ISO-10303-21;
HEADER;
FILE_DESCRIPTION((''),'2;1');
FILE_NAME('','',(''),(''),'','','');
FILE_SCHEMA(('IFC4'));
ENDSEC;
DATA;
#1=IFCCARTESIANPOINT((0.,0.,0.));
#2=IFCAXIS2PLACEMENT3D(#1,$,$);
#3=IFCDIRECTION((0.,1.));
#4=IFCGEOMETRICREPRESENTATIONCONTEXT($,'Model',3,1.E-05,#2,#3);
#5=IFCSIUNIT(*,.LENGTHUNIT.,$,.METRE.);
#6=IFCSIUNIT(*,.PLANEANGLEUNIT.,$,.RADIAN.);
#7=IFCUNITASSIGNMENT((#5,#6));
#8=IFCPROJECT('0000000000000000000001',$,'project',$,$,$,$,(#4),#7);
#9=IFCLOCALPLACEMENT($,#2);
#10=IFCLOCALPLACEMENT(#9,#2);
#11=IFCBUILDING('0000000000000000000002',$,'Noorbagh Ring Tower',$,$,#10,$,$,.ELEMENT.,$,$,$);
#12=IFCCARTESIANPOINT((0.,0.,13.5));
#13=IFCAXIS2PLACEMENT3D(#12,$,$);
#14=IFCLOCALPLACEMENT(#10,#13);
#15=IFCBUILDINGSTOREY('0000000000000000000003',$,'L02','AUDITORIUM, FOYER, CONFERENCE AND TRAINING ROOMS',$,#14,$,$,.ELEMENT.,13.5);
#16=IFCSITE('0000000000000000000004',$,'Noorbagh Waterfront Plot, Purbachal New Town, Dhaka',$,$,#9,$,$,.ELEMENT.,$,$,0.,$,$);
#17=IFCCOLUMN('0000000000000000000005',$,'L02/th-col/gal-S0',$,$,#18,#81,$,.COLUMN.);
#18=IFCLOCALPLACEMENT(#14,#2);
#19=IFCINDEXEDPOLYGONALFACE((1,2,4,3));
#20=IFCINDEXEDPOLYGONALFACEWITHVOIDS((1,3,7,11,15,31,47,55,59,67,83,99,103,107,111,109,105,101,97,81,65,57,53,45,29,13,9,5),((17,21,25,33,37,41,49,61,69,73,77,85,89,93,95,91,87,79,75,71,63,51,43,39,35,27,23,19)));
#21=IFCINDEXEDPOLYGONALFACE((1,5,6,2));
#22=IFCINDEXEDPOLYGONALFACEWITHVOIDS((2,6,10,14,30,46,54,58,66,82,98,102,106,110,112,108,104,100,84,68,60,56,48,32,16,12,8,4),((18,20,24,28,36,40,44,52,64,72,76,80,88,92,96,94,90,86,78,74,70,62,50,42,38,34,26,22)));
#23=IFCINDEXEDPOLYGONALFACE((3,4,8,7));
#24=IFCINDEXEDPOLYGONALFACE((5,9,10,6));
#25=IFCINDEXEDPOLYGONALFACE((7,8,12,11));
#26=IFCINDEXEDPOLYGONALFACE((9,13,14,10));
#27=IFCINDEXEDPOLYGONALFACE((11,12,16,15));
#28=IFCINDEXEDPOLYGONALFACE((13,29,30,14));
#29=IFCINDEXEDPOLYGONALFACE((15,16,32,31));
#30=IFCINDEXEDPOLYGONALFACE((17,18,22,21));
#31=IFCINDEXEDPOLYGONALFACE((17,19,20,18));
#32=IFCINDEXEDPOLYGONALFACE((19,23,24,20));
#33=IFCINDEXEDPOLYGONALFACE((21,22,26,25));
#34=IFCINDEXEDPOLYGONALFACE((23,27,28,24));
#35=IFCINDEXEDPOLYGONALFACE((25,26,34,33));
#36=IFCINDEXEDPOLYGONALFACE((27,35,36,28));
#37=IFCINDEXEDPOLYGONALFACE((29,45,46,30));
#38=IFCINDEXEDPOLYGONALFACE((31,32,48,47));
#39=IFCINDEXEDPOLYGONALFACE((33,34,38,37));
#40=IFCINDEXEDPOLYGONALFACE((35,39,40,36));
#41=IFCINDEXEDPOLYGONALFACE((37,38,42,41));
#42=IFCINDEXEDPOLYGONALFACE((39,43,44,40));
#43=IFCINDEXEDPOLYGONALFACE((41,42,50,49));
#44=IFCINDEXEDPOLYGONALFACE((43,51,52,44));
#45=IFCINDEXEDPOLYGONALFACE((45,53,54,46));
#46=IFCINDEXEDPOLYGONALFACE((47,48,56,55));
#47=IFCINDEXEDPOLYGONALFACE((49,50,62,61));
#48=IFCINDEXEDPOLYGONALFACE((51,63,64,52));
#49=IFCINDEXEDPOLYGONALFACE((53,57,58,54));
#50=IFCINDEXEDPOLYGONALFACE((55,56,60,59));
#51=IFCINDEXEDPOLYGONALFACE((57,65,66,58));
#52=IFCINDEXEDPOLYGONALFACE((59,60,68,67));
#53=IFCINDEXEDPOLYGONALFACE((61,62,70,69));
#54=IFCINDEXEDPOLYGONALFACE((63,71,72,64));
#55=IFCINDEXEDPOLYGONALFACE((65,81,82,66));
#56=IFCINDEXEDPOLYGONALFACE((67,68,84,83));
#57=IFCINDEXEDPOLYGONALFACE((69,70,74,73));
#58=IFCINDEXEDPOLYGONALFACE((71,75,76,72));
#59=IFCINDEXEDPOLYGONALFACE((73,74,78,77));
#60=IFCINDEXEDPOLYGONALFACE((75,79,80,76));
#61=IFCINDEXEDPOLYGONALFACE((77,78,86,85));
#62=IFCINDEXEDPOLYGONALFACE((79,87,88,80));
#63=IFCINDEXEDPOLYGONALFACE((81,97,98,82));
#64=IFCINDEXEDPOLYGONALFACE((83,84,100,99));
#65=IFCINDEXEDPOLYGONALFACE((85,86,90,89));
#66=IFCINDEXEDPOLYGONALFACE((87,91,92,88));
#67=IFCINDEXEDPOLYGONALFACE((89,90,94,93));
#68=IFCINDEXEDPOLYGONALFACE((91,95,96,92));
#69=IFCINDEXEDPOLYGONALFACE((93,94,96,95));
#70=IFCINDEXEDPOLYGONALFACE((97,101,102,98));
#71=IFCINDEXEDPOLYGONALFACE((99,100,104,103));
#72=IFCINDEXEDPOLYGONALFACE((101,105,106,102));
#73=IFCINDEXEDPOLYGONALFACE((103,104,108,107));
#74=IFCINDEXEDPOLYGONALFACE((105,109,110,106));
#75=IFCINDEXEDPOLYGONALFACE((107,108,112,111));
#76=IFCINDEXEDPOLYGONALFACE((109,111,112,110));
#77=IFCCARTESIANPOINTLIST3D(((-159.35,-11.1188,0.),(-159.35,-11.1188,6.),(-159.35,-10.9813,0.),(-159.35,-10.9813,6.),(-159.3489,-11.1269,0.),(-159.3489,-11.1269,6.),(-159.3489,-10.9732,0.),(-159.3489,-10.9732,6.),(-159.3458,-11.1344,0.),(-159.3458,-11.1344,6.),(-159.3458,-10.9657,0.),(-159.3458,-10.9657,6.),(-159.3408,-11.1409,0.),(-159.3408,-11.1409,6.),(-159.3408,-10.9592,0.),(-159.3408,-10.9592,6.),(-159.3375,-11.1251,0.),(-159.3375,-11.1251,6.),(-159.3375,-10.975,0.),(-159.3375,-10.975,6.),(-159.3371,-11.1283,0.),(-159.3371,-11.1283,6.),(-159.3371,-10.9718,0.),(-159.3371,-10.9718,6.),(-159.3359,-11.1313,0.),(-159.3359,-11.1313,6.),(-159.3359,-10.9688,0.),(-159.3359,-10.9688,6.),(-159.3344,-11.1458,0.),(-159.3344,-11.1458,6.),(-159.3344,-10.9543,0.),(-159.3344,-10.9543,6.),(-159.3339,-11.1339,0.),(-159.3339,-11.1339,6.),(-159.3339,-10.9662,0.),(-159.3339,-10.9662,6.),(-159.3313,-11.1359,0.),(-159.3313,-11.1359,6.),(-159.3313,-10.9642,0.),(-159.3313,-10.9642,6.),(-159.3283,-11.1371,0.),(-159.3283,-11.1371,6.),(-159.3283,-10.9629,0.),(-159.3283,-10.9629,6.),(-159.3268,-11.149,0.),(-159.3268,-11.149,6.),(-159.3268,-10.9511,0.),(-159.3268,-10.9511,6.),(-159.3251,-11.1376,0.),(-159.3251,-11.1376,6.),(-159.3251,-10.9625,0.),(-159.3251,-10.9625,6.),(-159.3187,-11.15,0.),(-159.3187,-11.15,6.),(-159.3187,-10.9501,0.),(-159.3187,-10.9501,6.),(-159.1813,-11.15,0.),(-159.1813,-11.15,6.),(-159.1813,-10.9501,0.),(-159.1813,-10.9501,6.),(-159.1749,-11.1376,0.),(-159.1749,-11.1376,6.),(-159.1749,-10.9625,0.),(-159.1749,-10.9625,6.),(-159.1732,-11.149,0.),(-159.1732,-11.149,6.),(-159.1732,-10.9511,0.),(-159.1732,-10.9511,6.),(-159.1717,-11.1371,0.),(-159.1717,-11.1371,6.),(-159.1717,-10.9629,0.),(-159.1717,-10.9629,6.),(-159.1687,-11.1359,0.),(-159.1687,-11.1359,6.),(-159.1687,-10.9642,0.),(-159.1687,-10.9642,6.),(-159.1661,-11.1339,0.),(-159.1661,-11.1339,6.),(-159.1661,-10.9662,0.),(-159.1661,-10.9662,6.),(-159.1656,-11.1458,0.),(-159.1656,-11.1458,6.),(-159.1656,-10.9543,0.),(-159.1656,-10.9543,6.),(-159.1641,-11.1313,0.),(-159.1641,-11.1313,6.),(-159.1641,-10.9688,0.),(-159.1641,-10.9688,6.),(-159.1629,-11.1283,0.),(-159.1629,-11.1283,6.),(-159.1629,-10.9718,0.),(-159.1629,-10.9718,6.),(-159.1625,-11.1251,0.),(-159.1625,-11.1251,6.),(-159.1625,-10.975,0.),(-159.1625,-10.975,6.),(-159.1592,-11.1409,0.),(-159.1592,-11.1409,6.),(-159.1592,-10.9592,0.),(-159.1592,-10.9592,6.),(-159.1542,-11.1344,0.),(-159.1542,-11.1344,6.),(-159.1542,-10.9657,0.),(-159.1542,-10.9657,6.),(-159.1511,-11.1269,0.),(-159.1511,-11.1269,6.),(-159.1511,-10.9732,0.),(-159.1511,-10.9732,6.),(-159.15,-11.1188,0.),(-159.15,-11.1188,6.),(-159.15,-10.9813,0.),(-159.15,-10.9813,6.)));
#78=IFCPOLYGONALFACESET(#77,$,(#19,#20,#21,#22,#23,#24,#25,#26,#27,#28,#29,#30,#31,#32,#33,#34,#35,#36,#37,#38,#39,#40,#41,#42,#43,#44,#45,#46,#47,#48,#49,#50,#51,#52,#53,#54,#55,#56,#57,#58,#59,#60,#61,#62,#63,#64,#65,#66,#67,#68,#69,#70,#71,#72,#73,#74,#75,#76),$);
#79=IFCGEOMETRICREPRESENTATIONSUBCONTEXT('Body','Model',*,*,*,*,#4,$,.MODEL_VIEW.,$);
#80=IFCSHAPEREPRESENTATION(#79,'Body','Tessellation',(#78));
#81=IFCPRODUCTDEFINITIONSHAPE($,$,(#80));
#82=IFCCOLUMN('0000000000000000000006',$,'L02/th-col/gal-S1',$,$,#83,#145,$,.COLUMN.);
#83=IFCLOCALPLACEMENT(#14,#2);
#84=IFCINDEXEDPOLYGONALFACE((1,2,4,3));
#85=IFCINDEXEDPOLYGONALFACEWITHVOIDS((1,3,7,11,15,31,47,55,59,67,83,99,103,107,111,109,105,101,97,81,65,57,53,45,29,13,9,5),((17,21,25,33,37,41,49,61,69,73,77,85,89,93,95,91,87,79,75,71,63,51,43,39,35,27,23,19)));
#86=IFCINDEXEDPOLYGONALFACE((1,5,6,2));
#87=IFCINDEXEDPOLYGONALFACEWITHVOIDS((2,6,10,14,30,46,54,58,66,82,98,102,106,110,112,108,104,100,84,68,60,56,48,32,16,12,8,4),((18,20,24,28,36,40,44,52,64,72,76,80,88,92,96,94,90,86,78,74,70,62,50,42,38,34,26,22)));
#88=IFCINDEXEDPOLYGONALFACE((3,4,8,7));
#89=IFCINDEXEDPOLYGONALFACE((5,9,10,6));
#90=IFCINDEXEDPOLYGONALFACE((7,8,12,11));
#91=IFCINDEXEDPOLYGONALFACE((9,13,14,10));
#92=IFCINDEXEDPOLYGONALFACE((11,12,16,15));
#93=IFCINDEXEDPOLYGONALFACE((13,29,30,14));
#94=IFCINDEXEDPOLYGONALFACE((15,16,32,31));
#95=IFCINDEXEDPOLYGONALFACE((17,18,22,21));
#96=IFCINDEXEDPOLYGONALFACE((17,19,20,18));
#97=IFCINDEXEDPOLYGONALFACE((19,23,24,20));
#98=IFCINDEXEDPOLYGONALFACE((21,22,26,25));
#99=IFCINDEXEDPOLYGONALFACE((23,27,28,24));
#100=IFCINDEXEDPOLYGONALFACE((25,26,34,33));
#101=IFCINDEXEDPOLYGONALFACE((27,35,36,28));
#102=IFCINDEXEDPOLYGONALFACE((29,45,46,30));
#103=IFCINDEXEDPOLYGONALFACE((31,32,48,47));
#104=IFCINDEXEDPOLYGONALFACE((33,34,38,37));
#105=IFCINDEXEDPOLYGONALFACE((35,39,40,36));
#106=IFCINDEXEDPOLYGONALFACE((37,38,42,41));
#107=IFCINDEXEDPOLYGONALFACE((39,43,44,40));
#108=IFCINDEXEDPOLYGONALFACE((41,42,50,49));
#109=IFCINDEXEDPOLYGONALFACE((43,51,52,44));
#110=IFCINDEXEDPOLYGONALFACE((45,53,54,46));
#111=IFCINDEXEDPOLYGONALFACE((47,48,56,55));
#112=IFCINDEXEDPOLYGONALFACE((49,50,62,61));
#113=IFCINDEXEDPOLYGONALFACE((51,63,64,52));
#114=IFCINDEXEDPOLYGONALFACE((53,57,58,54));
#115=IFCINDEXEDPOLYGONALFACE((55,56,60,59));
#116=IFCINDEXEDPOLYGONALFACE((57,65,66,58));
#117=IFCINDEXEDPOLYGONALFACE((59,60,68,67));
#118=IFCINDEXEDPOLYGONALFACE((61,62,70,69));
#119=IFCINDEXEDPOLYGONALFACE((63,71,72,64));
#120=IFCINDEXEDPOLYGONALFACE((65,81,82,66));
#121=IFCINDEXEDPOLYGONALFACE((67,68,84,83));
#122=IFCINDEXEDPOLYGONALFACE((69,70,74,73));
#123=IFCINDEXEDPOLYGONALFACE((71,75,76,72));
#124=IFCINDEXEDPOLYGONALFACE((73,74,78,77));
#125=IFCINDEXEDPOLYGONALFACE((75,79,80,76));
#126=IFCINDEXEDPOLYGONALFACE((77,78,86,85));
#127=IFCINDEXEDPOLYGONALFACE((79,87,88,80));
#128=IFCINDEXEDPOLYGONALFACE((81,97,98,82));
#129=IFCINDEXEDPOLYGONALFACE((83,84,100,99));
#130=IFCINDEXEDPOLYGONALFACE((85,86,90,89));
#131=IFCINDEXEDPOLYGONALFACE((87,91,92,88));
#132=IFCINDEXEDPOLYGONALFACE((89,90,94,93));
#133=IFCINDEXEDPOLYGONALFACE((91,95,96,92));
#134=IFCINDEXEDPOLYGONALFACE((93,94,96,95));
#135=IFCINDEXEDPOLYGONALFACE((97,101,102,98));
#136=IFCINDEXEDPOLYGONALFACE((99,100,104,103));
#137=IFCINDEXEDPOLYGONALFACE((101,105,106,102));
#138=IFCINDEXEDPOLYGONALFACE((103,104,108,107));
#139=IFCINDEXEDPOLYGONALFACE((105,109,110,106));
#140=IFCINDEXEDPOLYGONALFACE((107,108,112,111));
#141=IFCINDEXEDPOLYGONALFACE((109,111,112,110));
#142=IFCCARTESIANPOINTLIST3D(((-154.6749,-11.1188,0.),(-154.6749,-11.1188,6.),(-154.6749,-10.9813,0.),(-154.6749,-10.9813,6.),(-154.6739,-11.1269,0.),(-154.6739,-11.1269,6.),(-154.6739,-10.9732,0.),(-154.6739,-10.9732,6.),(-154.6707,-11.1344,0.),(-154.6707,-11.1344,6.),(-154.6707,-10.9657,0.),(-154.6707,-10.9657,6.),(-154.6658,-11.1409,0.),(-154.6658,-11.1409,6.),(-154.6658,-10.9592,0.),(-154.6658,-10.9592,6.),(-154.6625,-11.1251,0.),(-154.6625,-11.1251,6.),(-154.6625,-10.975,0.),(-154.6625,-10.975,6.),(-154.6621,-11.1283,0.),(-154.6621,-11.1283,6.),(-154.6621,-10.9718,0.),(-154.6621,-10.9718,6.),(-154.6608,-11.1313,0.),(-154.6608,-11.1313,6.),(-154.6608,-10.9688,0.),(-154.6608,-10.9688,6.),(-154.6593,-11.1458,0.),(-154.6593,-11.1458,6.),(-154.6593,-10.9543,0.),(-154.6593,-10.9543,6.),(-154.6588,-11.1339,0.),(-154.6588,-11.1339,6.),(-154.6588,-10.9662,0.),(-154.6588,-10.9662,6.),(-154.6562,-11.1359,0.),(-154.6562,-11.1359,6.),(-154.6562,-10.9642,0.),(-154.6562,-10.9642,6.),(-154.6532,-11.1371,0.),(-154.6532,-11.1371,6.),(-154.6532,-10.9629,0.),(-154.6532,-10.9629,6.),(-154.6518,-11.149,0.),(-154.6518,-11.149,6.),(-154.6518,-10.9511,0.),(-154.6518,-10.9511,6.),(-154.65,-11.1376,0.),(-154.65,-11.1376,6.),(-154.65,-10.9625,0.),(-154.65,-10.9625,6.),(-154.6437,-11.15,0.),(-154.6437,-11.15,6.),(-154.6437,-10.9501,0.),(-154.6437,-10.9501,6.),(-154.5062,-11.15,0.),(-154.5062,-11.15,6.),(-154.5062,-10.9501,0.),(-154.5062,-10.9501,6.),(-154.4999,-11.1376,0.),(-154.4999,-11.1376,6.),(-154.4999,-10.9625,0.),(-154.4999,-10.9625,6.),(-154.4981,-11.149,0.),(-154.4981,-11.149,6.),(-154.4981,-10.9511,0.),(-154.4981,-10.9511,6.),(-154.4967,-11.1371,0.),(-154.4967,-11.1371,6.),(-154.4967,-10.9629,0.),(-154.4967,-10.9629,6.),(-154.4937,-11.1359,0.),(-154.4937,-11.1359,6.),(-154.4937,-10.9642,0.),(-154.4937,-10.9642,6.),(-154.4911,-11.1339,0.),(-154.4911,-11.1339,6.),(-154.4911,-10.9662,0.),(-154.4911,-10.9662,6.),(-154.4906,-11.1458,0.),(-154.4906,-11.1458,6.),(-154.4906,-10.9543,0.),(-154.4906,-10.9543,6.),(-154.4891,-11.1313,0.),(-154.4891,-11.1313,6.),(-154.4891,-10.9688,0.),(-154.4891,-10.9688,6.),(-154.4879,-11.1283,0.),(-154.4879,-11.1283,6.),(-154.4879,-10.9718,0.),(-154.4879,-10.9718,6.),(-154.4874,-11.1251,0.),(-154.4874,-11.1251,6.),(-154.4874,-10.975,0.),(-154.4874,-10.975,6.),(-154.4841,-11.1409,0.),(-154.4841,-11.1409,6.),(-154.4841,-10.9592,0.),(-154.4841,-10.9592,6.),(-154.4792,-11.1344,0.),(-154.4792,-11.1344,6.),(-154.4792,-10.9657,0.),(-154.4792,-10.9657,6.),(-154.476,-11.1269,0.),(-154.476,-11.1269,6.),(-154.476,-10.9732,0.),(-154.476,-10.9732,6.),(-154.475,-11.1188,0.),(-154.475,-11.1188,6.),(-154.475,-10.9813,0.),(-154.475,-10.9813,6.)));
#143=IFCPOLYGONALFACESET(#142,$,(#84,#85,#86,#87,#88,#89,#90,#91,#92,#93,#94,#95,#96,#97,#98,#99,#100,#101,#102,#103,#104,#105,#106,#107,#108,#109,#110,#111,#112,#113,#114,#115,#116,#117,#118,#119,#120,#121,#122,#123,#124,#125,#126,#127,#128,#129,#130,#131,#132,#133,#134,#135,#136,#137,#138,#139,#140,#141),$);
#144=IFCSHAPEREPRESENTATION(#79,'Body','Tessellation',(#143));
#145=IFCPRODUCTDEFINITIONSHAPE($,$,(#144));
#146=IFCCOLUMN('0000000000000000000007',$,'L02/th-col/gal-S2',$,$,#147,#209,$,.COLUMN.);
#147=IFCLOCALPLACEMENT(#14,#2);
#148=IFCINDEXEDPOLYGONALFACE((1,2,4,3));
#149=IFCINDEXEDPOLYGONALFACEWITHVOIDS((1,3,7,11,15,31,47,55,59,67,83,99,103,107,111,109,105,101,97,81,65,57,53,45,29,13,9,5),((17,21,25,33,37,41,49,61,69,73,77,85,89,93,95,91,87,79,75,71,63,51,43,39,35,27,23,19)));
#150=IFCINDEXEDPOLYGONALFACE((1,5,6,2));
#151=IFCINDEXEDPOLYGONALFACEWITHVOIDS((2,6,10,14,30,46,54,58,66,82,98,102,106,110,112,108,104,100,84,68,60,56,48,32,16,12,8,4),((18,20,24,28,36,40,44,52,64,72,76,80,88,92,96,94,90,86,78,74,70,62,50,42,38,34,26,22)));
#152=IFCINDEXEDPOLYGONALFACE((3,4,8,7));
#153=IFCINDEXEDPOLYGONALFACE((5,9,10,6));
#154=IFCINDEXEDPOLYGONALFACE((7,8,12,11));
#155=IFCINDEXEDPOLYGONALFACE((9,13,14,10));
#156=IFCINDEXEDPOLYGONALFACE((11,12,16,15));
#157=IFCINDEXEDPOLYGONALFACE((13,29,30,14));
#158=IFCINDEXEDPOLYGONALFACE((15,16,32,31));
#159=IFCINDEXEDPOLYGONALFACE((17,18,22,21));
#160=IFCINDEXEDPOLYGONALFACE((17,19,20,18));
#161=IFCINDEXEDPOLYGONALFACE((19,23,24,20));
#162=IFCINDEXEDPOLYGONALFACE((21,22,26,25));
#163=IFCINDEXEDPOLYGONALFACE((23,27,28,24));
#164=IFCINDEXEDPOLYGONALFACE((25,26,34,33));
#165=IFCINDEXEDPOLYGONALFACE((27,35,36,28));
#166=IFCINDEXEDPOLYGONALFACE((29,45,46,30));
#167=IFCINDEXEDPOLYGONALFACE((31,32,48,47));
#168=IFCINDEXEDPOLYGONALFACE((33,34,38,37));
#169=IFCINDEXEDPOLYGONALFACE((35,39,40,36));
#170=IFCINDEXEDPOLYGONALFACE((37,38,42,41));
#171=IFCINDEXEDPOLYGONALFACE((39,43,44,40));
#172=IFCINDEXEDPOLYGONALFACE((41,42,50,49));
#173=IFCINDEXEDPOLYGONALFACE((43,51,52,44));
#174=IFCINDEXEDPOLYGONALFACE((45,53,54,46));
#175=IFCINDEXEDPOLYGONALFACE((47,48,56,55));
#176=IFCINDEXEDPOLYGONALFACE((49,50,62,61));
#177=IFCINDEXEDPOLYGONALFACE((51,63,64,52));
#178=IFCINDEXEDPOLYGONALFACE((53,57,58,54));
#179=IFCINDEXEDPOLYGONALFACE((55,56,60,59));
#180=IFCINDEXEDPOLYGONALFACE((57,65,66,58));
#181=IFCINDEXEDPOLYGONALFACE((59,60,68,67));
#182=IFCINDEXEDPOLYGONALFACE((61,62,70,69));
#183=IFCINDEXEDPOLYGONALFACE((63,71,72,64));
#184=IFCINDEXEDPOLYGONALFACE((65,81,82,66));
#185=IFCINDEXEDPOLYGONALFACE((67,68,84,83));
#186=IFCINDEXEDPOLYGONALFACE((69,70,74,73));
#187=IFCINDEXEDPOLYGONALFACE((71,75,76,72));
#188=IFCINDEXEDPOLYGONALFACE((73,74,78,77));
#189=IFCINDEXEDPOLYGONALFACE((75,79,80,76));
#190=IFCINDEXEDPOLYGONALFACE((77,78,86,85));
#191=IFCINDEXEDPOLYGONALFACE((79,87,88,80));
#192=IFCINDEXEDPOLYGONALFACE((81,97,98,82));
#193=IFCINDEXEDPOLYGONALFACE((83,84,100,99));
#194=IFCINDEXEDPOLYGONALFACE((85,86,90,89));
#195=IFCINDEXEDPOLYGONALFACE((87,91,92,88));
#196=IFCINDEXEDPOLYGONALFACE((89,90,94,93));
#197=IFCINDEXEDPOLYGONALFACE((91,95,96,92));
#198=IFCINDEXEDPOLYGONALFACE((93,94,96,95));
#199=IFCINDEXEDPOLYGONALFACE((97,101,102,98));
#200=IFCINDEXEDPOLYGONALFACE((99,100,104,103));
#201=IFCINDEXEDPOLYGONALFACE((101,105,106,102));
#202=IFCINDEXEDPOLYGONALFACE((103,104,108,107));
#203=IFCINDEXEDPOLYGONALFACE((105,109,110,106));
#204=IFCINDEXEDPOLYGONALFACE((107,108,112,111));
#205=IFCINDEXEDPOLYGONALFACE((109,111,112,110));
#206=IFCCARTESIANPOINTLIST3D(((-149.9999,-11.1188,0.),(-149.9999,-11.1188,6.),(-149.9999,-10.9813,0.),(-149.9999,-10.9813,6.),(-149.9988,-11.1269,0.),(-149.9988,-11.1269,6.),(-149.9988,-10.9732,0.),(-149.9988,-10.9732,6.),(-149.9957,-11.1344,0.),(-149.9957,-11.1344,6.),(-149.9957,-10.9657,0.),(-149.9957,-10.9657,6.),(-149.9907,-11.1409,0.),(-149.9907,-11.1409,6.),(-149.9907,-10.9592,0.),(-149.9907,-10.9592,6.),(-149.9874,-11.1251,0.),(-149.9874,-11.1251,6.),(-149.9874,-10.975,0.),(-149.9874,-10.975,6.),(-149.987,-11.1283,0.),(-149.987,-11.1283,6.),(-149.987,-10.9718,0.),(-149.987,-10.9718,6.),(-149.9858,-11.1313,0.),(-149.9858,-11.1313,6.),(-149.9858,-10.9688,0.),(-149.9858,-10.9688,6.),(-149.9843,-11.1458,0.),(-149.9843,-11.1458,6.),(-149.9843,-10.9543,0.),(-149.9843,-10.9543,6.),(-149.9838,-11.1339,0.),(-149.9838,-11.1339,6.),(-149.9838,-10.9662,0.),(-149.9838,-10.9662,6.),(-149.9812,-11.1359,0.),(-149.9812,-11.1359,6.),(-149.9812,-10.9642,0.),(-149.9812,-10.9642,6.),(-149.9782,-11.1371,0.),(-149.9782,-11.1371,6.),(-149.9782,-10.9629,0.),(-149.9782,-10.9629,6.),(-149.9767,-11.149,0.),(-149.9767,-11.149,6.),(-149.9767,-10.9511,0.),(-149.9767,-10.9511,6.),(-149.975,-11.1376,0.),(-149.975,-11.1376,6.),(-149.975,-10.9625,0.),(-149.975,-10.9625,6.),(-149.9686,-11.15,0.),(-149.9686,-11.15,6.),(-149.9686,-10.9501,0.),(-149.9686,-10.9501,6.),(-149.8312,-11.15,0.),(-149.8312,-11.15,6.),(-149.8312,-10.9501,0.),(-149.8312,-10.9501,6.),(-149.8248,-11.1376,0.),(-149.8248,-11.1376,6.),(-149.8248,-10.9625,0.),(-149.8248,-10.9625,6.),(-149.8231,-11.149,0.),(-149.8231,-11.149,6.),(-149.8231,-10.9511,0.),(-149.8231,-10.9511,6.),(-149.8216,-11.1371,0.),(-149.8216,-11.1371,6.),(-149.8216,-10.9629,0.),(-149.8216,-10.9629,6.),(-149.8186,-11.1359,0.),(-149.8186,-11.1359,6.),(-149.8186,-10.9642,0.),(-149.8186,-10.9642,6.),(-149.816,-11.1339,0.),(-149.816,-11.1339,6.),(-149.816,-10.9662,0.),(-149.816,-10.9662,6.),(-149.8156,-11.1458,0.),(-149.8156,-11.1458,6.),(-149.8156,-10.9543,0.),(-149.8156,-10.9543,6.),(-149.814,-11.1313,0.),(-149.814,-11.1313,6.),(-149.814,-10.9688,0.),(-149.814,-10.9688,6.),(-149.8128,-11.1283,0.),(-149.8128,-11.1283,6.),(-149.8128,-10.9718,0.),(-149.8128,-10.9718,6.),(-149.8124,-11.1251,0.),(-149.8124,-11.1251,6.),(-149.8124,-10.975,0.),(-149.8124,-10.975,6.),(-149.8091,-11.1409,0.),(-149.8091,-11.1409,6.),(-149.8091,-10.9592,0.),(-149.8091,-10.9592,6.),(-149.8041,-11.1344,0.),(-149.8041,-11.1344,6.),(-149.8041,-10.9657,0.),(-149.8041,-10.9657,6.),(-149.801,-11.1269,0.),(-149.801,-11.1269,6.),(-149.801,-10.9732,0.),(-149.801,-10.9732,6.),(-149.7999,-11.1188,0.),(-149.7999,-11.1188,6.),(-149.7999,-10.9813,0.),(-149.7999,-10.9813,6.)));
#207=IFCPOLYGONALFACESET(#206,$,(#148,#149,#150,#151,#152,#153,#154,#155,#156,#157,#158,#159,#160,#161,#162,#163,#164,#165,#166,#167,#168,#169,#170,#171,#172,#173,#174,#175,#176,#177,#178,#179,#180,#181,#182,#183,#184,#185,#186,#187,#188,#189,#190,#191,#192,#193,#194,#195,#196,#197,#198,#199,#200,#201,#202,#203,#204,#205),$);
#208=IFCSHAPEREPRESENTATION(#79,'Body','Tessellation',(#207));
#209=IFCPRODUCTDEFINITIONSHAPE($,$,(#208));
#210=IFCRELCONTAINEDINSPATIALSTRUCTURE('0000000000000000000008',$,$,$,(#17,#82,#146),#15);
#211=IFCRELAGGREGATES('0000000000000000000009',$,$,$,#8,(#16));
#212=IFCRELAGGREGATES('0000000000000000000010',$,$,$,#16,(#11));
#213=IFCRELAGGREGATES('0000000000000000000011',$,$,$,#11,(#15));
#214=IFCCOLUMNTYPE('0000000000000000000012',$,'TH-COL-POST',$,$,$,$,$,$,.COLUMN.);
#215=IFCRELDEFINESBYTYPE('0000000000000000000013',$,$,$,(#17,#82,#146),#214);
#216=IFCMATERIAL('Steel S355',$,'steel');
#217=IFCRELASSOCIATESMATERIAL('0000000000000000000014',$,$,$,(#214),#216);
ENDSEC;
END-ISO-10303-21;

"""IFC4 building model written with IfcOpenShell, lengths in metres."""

from ifc_helpers import new_model, si_unit, direction, frame, origin, origin_2d, place, context, subcontext, project, spatial, hollow_rectangle, extrude, material, material_profile, profile_set, type_object, element, save


model = new_model("IFC4")

# Units and contexts
model_context = context("Model", 3, precision=1e-05, world=origin(), true_north=direction((0.0, 1.0)))
body_context = subcontext(model_context, "Body", "Model", "MODEL_VIEW")
ifc_project = project(units=[si_unit("LENGTHUNIT", "METRE"), si_unit("PLANEANGLEUNIT", "RADIAN")], contexts=[model_context])

# Site, building, storey
site_placement = place(None, origin())
site = spatial("IfcSite", under=ifc_project, at=site_placement, Name="Noorbagh Waterfront Plot, Purbachal New Town, Dhaka", CompositionType="ELEMENT", RefElevation=0.0)
building_placement = place(site_placement, origin())
building = spatial("IfcBuilding", under=site, at=building_placement, Name="Noorbagh Ring Tower", CompositionType="ELEMENT")
storey_placement = place(building_placement, frame((0.0, 0.0, 13.5)))
storey = spatial("IfcBuildingStorey", under=building, at=storey_placement, Name="L02", Description="AUDITORIUM, FOYER, CONFERENCE AND TRAINING ROOMS", CompositionType="ELEMENT", Elevation=13.5)

# Columns
ifc_material_1 = material(Name="Steel S355", Category="steel")
ifc_material_profile = material_profile(ifc_material_1, hollow_rectangle(XDim=0.2, YDim=0.2, WallThickness=0.0125, InnerFilletRadius=0.0125, OuterFilletRadius=0.0312, at=origin_2d()), Name="SHS200x200x12.5")
ifc_profile_set = profile_set([ifc_material_profile], Name="Steel S355")
column_type = type_object("IfcColumnType", Name="TH-COL-POST", PredefinedType="COLUMN", material=ifc_profile_set)
for number, where, z_axis, x_axis, name in (
    (1, (-159.25, -11.05, 0.0), (0.0, 0.0, 1.0), (1.0, 0.0, 0.0), "L02/th-col/gal-S0"),
    (2, (-154.575, -11.05, 0.0), (0.0, 0.0, 1.0), (1.0, 0.0, 0.0), "L02/th-col/gal-S1"),
    (3, (-149.8999, -11.05, 0.0), (0.0, 0.0, 1.0), (1.0, 0.0, 0.0), "L02/th-col/gal-S2"),
):
    element("IfcColumn", number, at=place(storey_placement, frame(where, z_axis=z_axis, x_axis=x_axis)), inside=storey, type_object=column_type, Name=name, PredefinedType="COLUMN", context=body_context, shape_type="SweptSolid", body=[
        extrude(hollow_rectangle(XDim=0.2, YDim=0.2, WallThickness=0.0125, InnerFilletRadius=0.0125, OuterFilletRadius=0.0312, at=origin_2d()), origin(), (0.0, 0.0, 1.0), 6.0),
    ])

save(model, "model.ifc")
